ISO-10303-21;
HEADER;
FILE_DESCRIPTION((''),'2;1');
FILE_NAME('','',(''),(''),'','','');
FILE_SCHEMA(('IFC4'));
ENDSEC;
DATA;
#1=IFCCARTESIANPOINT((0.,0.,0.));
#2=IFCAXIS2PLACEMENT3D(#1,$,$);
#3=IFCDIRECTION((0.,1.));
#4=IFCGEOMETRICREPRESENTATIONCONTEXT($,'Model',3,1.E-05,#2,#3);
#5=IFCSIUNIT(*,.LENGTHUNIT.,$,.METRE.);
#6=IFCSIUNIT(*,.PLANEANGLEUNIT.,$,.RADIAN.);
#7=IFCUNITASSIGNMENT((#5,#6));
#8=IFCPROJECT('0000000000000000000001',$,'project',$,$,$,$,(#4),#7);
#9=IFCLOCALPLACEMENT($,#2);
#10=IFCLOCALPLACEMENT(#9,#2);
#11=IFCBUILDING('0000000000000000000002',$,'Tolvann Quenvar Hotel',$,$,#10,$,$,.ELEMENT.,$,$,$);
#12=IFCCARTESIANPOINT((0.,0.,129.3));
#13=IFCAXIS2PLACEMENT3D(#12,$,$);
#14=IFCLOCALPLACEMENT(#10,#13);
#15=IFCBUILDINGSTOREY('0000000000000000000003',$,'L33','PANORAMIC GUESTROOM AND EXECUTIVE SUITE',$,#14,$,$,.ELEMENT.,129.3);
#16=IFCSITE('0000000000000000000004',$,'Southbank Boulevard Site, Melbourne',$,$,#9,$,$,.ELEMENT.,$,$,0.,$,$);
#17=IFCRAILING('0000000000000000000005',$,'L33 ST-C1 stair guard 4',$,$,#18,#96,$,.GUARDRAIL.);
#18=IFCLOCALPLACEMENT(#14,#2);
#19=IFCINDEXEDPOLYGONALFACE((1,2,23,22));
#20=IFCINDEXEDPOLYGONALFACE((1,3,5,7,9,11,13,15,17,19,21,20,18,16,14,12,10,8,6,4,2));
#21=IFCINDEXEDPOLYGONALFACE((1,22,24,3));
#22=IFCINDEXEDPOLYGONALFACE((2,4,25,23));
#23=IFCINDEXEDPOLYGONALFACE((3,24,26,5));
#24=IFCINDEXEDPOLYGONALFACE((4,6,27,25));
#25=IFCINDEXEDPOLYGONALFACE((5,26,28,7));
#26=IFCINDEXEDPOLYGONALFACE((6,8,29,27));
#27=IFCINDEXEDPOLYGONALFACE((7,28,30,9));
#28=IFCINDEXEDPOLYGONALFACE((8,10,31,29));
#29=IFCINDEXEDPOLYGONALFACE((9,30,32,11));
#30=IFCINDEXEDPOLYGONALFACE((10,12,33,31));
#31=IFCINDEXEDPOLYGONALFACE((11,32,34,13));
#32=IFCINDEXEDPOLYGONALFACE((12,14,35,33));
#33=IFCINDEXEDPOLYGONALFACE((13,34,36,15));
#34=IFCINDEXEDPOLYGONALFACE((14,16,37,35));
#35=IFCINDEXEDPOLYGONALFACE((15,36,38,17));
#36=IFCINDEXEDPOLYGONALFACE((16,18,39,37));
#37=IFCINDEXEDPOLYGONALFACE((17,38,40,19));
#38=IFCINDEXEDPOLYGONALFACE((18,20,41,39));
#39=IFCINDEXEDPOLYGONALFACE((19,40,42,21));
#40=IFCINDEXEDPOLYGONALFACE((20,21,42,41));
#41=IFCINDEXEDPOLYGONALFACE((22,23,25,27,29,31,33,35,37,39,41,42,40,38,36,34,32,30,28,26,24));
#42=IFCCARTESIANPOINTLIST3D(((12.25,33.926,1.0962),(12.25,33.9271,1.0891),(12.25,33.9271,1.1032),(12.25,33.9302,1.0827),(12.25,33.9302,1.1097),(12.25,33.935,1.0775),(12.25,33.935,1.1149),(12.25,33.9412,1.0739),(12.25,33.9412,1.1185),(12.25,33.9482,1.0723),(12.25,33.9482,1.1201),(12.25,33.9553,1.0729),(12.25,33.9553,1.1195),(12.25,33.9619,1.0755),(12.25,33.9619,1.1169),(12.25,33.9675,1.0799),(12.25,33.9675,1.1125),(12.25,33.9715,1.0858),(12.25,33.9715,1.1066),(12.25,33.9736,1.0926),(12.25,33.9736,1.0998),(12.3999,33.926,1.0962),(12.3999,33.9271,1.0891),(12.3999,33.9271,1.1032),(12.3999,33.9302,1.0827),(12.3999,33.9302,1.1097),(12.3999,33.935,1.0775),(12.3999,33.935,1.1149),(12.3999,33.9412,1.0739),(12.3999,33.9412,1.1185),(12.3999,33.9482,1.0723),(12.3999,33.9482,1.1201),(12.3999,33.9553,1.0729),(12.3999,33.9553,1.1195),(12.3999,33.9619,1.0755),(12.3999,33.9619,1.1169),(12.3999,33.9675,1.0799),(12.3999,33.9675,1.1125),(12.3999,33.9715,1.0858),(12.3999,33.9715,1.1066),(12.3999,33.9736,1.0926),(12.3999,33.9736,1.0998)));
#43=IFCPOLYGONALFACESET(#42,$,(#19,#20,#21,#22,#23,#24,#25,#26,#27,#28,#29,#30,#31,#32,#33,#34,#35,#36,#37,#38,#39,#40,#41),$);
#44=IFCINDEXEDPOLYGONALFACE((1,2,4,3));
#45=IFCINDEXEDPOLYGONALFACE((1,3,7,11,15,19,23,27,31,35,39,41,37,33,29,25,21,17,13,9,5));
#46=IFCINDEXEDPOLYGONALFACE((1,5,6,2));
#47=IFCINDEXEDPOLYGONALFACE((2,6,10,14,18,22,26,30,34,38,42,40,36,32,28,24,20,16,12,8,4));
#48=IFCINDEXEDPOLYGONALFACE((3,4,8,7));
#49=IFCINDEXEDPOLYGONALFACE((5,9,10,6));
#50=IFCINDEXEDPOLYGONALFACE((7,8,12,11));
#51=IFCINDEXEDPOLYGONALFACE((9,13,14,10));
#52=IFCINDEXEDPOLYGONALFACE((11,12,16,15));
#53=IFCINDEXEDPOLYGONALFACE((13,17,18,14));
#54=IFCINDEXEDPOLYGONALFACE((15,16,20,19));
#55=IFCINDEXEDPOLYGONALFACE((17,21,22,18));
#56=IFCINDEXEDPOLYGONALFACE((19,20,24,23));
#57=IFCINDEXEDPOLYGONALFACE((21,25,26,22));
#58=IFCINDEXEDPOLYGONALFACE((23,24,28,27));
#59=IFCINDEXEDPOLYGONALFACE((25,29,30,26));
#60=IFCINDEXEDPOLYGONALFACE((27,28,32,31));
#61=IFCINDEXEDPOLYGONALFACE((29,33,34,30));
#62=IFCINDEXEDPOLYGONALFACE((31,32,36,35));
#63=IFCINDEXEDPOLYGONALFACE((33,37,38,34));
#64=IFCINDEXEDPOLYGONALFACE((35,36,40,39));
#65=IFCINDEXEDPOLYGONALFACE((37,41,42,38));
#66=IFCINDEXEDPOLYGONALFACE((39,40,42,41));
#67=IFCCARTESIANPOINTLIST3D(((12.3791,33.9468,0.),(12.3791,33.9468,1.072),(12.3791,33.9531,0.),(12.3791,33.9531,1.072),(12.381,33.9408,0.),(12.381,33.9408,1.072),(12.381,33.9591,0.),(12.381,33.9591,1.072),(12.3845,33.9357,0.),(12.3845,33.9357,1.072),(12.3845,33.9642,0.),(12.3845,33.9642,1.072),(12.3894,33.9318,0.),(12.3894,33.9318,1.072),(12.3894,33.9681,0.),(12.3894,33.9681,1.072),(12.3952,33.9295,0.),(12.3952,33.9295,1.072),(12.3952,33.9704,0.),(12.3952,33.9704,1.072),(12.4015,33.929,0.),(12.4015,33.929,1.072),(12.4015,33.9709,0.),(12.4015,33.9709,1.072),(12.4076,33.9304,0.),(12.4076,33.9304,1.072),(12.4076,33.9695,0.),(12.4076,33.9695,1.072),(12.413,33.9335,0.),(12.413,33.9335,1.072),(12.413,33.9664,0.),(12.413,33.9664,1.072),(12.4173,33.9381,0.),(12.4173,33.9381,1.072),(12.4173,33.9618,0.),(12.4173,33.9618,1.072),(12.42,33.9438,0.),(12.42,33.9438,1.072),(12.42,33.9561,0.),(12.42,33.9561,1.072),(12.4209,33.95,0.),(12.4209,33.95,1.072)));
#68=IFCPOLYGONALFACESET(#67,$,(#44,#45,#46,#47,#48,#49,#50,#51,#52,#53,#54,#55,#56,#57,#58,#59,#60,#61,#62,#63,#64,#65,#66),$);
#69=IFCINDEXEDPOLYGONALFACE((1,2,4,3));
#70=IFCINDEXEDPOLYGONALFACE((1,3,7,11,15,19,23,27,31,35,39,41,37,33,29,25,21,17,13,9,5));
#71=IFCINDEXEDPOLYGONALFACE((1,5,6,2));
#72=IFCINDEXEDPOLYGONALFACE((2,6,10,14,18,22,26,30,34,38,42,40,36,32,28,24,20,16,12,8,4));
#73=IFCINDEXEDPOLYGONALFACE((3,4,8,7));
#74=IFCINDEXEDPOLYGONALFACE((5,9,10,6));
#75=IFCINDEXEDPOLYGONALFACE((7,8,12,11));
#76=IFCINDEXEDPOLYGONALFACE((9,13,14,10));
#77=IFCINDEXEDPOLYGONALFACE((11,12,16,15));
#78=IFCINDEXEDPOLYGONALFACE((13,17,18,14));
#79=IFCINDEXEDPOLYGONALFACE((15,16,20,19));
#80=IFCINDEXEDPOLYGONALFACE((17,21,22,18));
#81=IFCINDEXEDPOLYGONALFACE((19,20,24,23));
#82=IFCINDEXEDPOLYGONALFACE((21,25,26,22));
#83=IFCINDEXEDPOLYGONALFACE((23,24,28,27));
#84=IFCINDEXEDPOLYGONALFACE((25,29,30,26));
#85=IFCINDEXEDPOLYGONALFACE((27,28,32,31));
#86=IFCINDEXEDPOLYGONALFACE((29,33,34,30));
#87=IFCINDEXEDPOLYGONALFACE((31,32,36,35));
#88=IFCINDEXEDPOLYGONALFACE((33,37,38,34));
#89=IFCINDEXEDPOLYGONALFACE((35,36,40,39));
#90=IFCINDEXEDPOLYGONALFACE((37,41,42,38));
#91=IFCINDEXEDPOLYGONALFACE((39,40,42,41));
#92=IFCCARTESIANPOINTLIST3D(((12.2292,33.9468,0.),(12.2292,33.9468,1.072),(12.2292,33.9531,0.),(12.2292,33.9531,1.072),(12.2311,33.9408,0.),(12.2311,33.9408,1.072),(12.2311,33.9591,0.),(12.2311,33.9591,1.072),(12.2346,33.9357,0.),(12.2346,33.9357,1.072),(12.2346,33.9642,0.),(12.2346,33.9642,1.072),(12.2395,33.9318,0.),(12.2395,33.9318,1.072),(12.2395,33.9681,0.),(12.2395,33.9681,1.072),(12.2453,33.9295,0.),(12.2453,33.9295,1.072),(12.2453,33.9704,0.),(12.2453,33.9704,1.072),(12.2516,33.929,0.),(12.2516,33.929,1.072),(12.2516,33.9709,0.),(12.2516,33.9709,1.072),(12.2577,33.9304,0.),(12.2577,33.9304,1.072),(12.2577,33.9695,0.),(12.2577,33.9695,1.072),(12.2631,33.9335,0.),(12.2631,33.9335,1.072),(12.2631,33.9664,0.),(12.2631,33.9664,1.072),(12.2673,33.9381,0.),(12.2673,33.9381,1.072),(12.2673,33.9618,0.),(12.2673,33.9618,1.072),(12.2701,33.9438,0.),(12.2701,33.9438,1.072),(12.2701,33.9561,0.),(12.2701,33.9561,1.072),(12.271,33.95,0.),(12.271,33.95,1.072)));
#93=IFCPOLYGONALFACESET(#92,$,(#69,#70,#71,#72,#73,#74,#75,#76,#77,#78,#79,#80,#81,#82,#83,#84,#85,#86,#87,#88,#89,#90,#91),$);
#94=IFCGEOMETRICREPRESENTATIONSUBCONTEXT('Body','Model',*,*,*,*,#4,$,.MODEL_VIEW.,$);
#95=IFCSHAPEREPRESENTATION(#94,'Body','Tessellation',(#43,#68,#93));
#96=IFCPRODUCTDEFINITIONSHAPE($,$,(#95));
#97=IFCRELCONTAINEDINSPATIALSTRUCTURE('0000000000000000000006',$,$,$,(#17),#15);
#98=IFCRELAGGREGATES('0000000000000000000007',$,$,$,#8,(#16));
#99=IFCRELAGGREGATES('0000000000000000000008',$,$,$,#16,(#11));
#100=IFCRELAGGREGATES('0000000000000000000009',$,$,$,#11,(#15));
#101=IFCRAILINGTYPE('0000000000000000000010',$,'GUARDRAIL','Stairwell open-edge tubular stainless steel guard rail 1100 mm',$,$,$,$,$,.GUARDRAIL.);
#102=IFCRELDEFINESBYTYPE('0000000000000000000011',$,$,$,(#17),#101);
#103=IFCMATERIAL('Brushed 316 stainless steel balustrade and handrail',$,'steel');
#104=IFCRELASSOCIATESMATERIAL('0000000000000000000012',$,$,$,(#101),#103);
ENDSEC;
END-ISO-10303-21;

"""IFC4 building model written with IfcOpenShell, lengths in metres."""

from ifc_helpers import new_model, si_unit, direction, frame, origin, origin_2d, place, context, subcontext, project, spatial, circle, extrude, material, type_object, element, save


model = new_model("IFC4")

# Units and contexts
model_context = context("Model", 3, precision=1e-05, world=origin(), true_north=direction((0.0, 1.0)))
body_context = subcontext(model_context, "Body", "Model", "MODEL_VIEW")
ifc_project = project(units=[si_unit("LENGTHUNIT", "METRE"), si_unit("PLANEANGLEUNIT", "RADIAN")], contexts=[model_context])

# Site, building, storey
site_placement = place(None, origin())
site = spatial("IfcSite", under=ifc_project, at=site_placement, Name="Southbank Boulevard Site, Melbourne", CompositionType="ELEMENT", RefElevation=0.0)
building_placement = place(site_placement, origin())
building = spatial("IfcBuilding", under=site, at=building_placement, Name="Tolvann Quenvar Hotel", CompositionType="ELEMENT")
storey_placement = place(building_placement, frame((0.0, 0.0, 129.3)))
storey = spatial("IfcBuildingStorey", under=building, at=storey_placement, Name="L33", Description="PANORAMIC GUESTROOM AND EXECUTIVE SUITE", CompositionType="ELEMENT", Elevation=129.3)

# Railing
ifc_material_1 = material(Name="Brushed 316 stainless steel balustrade and handrail", Category="steel")
railing_type_1 = type_object("IfcRailingType", Name="GUARDRAIL", Description="Stairwell open-edge tubular stainless steel guard rail 1100 mm", PredefinedType="GUARDRAIL", material=ifc_material_1)
railing_1_placement = place(storey_placement, frame((12.3999, 33.95, 0.0)))
element("IfcRailing", 1, at=railing_1_placement, inside=storey, type_object=railing_type_1, Name="L33 ST-C1 stair guard 4", PredefinedType="GUARDRAIL", context=body_context, shape_type="SweptSolid", body=[
    extrude(circle(Radius=0.0239, at=origin_2d()), frame((0.0, 0.0, 1.0962), z_axis=(-1.0, 0.0, 0.0), x_axis=(0.0, -1.0, 0.0)), (0.0, 0.0, 1.0), 0.1499),
    extrude(circle(Radius=0.021, at=origin_2d()), origin(), (0.0, 0.0, 1.0), 1.072),
    extrude(circle(Radius=0.021, at=origin_2d()), frame((-0.1499, 0.0, 0.0)), (0.0, 0.0, 1.0), 1.072),
])

save(model, "model.ifc")
